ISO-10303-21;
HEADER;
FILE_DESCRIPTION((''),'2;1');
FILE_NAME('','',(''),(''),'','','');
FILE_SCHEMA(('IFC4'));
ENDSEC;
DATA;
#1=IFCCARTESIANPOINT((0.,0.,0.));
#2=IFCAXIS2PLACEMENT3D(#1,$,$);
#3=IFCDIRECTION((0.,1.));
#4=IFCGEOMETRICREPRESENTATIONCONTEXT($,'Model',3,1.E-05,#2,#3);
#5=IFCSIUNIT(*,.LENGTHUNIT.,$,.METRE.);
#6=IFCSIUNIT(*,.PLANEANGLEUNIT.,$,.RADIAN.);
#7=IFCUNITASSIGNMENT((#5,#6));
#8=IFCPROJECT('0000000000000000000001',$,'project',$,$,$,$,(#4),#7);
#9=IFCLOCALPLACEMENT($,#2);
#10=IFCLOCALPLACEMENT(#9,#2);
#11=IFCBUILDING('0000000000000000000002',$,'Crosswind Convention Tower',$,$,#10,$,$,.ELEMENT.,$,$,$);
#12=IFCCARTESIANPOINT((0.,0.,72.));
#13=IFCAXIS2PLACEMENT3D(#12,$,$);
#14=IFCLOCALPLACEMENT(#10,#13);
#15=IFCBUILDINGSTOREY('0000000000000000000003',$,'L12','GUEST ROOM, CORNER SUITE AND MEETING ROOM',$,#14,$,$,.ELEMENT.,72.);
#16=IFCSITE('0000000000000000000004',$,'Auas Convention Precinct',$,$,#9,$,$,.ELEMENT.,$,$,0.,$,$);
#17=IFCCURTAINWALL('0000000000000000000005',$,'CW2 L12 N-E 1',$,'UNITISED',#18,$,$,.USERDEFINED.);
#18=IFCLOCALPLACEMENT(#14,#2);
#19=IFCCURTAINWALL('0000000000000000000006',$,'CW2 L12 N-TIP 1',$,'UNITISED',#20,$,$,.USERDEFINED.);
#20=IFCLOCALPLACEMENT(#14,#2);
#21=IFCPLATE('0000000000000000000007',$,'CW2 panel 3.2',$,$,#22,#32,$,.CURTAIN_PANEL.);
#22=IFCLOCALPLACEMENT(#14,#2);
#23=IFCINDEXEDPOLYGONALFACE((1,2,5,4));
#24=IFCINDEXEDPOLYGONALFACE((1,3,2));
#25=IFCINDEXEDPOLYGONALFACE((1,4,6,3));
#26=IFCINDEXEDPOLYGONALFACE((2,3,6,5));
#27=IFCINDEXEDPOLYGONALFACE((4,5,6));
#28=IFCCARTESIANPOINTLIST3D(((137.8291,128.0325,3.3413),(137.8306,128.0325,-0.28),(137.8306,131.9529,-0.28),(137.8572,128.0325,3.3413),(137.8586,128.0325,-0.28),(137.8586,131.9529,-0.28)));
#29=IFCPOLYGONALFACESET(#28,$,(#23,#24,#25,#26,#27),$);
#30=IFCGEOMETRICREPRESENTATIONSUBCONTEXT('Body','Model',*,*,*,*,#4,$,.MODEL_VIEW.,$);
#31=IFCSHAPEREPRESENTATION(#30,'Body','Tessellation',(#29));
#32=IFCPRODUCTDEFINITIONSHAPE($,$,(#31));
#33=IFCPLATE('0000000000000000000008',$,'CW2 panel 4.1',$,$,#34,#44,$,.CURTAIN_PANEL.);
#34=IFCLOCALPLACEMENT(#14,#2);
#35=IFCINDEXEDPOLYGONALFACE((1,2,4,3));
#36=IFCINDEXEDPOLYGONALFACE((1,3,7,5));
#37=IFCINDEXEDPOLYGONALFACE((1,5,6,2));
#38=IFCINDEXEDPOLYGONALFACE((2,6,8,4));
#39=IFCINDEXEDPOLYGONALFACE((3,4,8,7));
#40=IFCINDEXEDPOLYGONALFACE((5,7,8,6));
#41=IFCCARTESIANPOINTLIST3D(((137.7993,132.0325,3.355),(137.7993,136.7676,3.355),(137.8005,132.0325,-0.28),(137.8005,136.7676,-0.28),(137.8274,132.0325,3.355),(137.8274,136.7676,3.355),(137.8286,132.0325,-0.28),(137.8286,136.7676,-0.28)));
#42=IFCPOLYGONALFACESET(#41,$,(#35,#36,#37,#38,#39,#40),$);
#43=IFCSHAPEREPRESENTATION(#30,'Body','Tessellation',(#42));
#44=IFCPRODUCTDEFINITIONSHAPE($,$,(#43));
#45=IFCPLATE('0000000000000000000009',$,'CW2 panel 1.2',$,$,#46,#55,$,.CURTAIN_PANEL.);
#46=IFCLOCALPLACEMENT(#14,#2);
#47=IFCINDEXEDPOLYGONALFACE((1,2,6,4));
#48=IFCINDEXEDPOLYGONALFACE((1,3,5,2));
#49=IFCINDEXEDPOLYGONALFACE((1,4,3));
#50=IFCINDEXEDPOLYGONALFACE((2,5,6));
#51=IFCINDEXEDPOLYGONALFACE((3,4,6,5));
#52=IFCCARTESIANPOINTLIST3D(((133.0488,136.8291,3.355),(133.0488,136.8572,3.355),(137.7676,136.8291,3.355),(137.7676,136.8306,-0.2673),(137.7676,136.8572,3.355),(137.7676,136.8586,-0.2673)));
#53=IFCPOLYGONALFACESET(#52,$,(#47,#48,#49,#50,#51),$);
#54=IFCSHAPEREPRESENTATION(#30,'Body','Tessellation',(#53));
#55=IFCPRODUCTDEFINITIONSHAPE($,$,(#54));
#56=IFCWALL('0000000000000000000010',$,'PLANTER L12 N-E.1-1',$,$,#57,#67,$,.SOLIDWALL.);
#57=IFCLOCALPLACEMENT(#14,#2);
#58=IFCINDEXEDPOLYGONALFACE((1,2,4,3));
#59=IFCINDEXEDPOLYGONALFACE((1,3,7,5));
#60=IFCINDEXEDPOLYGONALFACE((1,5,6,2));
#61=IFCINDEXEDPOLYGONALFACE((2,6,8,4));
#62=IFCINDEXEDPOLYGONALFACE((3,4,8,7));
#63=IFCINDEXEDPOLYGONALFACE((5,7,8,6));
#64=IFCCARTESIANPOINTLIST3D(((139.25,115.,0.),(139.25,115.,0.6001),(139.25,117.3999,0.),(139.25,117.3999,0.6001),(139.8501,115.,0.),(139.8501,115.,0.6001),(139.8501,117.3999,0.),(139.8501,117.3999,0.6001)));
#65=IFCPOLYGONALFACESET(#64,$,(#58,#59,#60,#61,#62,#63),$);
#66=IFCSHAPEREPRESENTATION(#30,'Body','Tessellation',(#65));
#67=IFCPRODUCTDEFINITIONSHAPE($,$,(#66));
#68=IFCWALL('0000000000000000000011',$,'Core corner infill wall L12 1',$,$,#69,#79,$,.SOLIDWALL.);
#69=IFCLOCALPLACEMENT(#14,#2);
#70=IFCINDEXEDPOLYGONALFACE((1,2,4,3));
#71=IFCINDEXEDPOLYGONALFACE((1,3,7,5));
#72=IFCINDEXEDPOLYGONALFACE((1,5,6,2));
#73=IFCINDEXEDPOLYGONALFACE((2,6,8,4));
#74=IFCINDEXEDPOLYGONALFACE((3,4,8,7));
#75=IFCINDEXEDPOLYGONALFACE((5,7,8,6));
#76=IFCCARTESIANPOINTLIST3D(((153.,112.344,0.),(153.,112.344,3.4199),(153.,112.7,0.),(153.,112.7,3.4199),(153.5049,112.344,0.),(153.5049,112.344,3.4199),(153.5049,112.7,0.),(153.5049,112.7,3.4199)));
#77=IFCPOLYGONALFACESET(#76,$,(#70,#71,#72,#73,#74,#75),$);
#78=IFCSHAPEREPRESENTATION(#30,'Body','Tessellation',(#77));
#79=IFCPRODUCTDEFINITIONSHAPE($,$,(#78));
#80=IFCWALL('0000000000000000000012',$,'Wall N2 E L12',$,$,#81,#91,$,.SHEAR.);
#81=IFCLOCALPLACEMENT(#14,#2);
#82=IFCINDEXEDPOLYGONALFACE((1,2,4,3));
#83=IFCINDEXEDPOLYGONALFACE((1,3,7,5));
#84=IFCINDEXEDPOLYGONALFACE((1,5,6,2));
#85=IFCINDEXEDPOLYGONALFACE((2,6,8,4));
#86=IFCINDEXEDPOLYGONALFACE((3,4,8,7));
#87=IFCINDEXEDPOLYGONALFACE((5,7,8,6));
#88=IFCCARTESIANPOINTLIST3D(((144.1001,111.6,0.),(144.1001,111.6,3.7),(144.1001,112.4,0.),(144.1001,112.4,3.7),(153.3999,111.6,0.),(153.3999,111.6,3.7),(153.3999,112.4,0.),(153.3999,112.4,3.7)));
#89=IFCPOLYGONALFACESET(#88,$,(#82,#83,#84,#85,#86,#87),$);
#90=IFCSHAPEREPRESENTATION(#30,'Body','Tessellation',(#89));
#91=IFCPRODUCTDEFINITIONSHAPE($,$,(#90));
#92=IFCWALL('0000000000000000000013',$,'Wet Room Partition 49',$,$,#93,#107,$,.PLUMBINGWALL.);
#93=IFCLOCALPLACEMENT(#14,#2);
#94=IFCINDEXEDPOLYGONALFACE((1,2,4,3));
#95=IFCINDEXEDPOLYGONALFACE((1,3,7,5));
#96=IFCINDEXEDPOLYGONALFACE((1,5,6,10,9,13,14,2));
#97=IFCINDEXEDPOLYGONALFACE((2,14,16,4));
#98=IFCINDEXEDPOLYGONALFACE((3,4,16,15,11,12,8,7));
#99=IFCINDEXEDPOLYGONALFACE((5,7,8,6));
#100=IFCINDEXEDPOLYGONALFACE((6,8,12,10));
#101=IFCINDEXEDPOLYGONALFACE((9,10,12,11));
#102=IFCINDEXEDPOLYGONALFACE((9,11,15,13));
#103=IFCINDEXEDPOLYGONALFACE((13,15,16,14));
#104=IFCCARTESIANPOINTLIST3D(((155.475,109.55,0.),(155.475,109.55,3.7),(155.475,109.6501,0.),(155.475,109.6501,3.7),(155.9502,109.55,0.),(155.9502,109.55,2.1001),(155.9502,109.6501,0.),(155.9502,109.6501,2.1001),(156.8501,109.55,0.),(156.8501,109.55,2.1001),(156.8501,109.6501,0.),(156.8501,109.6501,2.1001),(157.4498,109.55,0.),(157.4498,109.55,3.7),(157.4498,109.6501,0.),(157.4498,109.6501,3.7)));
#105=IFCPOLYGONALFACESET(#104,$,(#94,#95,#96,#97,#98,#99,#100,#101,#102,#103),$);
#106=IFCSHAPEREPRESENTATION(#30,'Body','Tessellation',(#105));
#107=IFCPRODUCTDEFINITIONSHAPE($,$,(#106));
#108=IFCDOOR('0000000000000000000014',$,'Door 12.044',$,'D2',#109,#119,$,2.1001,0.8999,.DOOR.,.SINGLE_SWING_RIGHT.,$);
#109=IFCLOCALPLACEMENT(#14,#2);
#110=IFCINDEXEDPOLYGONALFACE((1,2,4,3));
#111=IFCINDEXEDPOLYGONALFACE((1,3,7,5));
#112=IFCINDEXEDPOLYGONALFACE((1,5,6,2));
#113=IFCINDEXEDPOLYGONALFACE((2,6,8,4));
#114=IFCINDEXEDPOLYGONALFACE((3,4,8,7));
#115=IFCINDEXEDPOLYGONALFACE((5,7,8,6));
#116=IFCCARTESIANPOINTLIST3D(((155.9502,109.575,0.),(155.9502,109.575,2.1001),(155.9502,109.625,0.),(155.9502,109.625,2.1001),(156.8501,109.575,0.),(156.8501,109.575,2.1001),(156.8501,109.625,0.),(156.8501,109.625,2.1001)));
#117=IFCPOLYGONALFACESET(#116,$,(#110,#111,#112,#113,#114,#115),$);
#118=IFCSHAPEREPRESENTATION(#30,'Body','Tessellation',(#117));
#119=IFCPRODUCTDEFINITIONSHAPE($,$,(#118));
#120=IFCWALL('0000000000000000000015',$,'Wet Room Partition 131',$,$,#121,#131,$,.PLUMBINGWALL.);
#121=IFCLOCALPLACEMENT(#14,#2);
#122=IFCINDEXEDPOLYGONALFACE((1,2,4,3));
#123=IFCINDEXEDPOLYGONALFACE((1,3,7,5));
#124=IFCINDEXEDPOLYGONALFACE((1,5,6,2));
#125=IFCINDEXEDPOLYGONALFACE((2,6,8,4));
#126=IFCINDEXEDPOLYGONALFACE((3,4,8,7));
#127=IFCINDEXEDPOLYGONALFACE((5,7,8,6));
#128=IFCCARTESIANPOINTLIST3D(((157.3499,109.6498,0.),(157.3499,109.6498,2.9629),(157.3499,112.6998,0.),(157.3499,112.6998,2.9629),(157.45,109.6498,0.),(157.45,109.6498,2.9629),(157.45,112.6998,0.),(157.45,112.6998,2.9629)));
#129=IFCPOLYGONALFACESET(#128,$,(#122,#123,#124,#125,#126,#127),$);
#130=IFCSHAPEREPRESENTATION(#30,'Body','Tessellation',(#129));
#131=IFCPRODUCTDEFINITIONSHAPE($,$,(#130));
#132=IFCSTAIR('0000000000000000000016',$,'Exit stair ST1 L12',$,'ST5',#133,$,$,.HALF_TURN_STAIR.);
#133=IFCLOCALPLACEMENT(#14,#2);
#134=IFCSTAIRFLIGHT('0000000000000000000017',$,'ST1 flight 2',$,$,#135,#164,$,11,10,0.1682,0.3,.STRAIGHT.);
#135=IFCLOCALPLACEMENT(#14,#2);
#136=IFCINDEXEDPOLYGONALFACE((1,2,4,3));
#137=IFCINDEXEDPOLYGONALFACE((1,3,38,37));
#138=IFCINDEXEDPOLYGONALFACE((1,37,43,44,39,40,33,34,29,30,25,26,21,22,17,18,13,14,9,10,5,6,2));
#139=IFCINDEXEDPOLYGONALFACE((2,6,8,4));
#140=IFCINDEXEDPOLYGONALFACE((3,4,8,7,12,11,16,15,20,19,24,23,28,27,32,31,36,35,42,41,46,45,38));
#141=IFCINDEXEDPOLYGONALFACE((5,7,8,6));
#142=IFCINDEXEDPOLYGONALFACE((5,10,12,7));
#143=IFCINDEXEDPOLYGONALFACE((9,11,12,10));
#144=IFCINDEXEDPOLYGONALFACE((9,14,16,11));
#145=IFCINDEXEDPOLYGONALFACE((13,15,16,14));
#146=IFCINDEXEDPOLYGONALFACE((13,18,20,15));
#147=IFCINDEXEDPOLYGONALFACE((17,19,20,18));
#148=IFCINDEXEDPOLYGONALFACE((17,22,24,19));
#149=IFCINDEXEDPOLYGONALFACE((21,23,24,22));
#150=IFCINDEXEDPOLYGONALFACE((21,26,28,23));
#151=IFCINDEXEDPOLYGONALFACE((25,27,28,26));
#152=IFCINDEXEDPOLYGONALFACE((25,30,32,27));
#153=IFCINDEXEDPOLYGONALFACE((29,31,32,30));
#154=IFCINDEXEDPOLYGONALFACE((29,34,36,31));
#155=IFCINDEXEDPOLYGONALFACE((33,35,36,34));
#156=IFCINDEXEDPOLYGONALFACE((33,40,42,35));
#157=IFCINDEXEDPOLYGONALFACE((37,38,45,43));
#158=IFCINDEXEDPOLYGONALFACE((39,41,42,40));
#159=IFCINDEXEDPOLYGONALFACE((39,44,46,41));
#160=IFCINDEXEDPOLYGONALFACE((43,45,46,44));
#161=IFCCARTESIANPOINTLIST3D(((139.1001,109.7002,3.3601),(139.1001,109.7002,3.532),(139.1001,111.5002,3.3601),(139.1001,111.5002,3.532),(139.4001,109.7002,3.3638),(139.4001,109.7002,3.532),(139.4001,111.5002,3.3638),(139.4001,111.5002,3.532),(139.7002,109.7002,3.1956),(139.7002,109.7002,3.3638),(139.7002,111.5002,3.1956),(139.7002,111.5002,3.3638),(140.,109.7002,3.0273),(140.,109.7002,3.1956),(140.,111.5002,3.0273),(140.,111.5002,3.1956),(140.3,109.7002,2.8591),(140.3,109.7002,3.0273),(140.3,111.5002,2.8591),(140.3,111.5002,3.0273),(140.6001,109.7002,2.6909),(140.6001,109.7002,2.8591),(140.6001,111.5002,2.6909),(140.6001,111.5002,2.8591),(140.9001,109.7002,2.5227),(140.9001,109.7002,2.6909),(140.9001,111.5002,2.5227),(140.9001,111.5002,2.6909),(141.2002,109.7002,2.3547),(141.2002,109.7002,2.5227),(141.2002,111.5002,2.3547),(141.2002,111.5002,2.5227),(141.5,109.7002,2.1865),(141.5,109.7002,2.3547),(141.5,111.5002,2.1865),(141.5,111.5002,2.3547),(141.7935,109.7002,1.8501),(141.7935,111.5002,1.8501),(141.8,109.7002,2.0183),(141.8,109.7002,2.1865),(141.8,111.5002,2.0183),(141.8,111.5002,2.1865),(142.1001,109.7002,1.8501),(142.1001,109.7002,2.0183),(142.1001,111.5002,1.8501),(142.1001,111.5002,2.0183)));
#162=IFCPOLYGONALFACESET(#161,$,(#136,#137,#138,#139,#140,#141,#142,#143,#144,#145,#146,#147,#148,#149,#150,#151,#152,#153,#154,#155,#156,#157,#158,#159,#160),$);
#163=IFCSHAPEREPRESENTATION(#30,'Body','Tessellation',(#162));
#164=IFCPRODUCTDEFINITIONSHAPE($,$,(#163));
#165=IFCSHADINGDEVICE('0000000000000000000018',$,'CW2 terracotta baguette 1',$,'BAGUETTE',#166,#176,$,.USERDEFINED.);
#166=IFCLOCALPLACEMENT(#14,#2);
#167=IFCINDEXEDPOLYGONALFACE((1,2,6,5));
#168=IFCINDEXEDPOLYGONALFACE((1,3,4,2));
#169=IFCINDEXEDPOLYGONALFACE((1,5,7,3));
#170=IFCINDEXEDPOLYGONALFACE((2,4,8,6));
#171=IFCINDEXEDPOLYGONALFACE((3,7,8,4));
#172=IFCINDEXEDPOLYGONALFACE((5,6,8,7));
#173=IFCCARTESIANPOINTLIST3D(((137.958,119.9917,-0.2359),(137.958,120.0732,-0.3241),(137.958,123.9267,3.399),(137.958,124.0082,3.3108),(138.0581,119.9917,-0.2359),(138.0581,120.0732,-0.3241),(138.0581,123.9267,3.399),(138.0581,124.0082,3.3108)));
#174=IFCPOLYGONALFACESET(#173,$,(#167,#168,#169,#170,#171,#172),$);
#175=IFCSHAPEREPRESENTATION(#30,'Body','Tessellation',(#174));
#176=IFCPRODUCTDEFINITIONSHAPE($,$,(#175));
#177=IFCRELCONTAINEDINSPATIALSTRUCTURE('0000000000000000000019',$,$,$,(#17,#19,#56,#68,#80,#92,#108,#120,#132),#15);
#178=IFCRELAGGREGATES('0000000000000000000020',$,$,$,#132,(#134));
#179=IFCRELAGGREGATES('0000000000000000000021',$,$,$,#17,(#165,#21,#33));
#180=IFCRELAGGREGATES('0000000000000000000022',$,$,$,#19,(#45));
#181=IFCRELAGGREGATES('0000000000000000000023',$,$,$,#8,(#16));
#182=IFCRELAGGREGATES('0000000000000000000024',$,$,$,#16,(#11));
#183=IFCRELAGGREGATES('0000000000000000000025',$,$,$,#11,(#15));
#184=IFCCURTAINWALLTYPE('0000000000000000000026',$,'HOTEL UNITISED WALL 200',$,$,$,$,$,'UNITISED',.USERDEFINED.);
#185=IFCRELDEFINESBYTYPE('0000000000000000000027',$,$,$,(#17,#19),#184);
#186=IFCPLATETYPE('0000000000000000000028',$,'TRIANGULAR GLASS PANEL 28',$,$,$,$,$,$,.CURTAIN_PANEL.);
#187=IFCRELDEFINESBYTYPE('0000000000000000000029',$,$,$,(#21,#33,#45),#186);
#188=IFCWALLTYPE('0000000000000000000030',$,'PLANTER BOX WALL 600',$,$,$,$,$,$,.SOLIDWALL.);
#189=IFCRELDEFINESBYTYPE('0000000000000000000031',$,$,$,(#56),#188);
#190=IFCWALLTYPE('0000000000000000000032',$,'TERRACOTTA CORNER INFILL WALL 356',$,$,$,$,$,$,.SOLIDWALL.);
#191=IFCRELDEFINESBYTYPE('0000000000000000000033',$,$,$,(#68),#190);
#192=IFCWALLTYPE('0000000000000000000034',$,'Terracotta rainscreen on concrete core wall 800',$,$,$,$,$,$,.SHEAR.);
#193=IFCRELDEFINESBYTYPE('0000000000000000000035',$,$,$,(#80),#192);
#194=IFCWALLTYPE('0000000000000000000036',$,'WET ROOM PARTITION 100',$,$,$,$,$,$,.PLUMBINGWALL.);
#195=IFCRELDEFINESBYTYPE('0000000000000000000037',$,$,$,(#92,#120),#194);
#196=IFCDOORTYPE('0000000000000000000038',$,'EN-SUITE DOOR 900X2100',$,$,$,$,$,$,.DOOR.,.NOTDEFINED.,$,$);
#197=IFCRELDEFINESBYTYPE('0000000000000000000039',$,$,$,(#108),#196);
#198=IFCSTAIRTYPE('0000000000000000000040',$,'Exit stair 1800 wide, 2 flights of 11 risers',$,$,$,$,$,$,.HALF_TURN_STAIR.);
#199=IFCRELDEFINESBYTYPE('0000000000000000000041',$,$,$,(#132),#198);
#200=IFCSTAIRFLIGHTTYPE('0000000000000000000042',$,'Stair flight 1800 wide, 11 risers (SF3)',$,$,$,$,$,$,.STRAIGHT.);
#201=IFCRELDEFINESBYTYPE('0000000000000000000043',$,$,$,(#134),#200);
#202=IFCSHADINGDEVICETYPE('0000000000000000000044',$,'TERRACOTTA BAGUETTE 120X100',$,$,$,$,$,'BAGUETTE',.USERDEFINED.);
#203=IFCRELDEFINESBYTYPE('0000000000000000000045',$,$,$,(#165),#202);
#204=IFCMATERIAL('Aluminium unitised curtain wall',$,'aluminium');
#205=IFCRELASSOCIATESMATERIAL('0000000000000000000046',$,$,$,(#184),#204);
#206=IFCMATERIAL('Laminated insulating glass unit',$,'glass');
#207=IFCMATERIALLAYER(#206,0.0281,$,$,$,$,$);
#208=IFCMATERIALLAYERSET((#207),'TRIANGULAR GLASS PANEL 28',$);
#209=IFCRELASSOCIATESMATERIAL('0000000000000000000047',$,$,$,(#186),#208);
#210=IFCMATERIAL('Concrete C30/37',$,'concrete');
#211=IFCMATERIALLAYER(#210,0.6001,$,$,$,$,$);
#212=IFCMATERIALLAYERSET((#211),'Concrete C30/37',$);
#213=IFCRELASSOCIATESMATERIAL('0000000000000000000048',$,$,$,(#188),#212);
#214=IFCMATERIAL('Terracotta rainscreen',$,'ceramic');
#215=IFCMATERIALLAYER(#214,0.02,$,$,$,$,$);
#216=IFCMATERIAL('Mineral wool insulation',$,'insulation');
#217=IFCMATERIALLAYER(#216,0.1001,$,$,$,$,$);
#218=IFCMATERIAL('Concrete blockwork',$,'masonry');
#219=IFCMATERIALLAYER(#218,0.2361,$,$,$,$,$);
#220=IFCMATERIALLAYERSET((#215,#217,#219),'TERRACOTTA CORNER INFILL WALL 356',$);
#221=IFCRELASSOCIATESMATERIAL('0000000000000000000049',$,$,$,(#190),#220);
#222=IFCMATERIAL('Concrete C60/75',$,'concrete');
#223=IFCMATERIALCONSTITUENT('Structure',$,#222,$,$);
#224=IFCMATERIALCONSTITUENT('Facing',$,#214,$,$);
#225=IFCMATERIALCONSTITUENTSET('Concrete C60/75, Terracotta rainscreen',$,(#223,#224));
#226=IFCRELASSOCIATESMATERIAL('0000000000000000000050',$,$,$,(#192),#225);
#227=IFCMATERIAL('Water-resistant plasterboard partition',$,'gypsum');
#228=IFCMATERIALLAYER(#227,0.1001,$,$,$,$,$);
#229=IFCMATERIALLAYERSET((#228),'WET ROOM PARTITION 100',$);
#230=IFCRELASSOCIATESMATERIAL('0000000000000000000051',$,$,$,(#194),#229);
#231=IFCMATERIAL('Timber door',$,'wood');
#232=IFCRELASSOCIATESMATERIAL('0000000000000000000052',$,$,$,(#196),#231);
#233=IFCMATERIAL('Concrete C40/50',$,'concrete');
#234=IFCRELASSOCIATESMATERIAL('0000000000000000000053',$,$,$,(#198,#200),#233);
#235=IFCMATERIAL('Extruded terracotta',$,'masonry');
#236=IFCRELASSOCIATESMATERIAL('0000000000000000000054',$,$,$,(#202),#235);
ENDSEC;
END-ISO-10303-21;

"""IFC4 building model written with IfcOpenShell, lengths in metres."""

from ifc_helpers import new_model, si_unit, direction, frame, frame_2d, origin, origin_2d, place, context, subcontext, project, spatial, polyline, rectangle, outline, extrude, material, layer, layer_set, constituent, constituent_set, material_profile, profile_set, type_object, element, fill, aggregate, save


model = new_model("IFC4")

# Units and contexts
model_context = context("Model", 3, precision=1e-05, world=origin(), true_north=direction((0.0, 1.0)))
body_context = subcontext(model_context, "Body", "Model", "MODEL_VIEW")
ifc_project = project(units=[si_unit("LENGTHUNIT", "METRE"), si_unit("PLANEANGLEUNIT", "RADIAN")], contexts=[model_context])

# Site, building, storey
site_placement = place(None, origin())
site = spatial("IfcSite", under=ifc_project, at=site_placement, Name="Auas Convention Precinct", CompositionType="ELEMENT", RefElevation=0.0)
building_placement = place(site_placement, origin())
building = spatial("IfcBuilding", under=site, at=building_placement, Name="Crosswind Convention Tower", CompositionType="ELEMENT")
storey_placement = place(building_placement, frame((0.0, 0.0, 72.0)))
storey = spatial("IfcBuildingStorey", under=building, at=storey_placement, Name="L12", Description="GUEST ROOM, CORNER SUITE AND MEETING ROOM", CompositionType="ELEMENT", Elevation=72.0)

# Shared definitions
ifc_material_1 = material(Name="Concrete C60/75", Category="concrete")

# Shared definitions
ifc_material_2 = material(Name="Aluminium unitised curtain wall", Category="aluminium")

# Shared definitions
curtain_wall_type_1 = type_object("IfcCurtainWallType", Name="HOTEL UNITISED WALL 200", ElementType="UNITISED", PredefinedType="USERDEFINED", material=ifc_material_2)

# Curtain wall
curtain_wall_1_placement = place(storey_placement, origin())
curtain_wall_1 = element("IfcCurtainWall", 1, at=curtain_wall_1_placement, inside=storey, type_object=curtain_wall_type_1, Name="CW2 L12 N-E 1", ObjectType="UNITISED", PredefinedType="USERDEFINED")

# Curtain wall
curtain_wall_2_placement = place(storey_placement, origin())
curtain_wall_2 = element("IfcCurtainWall", 2, at=curtain_wall_2_placement, inside=storey, type_object=curtain_wall_type_1, Name="CW2 L12 N-TIP 1", ObjectType="UNITISED", PredefinedType="USERDEFINED")

# Plates
ifc_material_3 = material(Name="Laminated insulating glass unit", Category="glass")
ifc_layer_1 = layer(ifc_material_3, 0.0281)
ifc_layer_set_1 = layer_set([ifc_layer_1], Name="TRIANGULAR GLASS PANEL 28")
plate_type_1 = type_object("IfcPlateType", Name="TRIANGULAR GLASS PANEL 28", PredefinedType="CURTAIN_PANEL", material=ifc_layer_set_1)
plate_1_placement = place(storey_placement, frame((137.8586, 128.0325, -0.28), z_axis=(1.0, 0.0, 0.000405), x_axis=(0.0, 1.0, 0.0)))
plate_1 = element("IfcPlate", 3, at=plate_1_placement, type_object=plate_type_1, Name="CW2 panel 3.2", PredefinedType="CURTAIN_PANEL", context=body_context, shape_type="SweptSolid", body=[
    extrude(outline(polyline([(0.0, 0.0), (3.9204, 0.0), (0.0, 3.6213), (0.0, 0.0)])), origin(), (0.0, 0.0, -1.0), 0.0281),
])
plate_2_placement = place(storey_placement, frame((137.8286, 132.0325, -0.28), z_axis=(1.0, 0.0, 0.000336), x_axis=(0.0, 1.0, 0.0)))
plate_2 = element("IfcPlate", 4, at=plate_2_placement, type_object=plate_type_1, Name="CW2 panel 4.1", PredefinedType="CURTAIN_PANEL", context=body_context, shape_type="SweptSolid", body=[
    extrude(outline(polyline([(0.0, 0.0), (4.7351, 0.0), (4.7351, 3.635), (0.0, 3.635), (0.0, 0.0)])), origin(), (0.0, 0.0, -1.0), 0.0281),
])
plate_3_placement = place(storey_placement, frame((137.7676, 136.8572, 3.355), z_axis=(0.0, 1.0, 0.000404), x_axis=(0.0, 0.000404, -1.0)))
plate_3 = element("IfcPlate", 5, at=plate_3_placement, type_object=plate_type_1, Name="CW2 panel 1.2", PredefinedType="CURTAIN_PANEL", context=body_context, shape_type="SweptSolid", body=[
    extrude(outline(polyline([(0.0, 0.0), (3.6223, 0.0), (0.0, 4.7188), (0.0, 0.0)])), origin(), (0.0, 0.0, -1.0), 0.0281),
])

# Walls
ifc_material_4 = material(Name="Concrete C30/37", Category="concrete")
ifc_layer_2 = layer(ifc_material_4, 0.6001)
ifc_layer_set_2 = layer_set([ifc_layer_2], Name="Concrete C30/37")
wall_type_1 = type_object("IfcWallType", Name="PLANTER BOX WALL 600", PredefinedType="SOLIDWALL", material=ifc_layer_set_2)
wall_1_placement = place(storey_placement, frame((139.55, 115.0, 0.0), z_axis=(0.0, 0.0, 1.0), x_axis=(0.0, 1.0, 0.0)))
element("IfcWall", 6, at=wall_1_placement, inside=storey, type_object=wall_type_1, Name="PLANTER L12 N-E.1-1", PredefinedType="SOLIDWALL", context=body_context, shape_type="SweptSolid", body=[
    extrude(rectangle(XDim=2.3999, YDim=0.6001, at=frame_2d((1.2, 0.0))), origin(), (0.0, 0.0, 1.0), 0.6001),
])
ifc_material_5 = material(Name="Terracotta rainscreen", Category="ceramic")
ifc_layer_3 = layer(ifc_material_5, 0.02)
ifc_material_6 = material(Name="Mineral wool insulation", Category="insulation")
ifc_layer_4 = layer(ifc_material_6, 0.1001)
ifc_material_7 = material(Name="Concrete blockwork", Category="masonry")
ifc_layer_5 = layer(ifc_material_7, 0.2361)
ifc_layer_set_3 = layer_set([ifc_layer_3, ifc_layer_4, ifc_layer_5], Name="TERRACOTTA CORNER INFILL WALL 356")
wall_type_2 = type_object("IfcWallType", Name="TERRACOTTA CORNER INFILL WALL 356", PredefinedType="SOLIDWALL", material=ifc_layer_set_3)
wall_2_placement = place(storey_placement, frame((153.0, 112.522, 0.0), z_axis=(0.0, 0.0, 1.0), x_axis=(1.0, 0.0, 0.0)))
element("IfcWall", 7, at=wall_2_placement, inside=storey, type_object=wall_type_2, Name="Core corner infill wall L12 1", PredefinedType="SOLIDWALL", context=body_context, shape_type="SweptSolid", body=[
    extrude(rectangle(XDim=0.5049, YDim=0.356, at=frame_2d((0.2524, 0.0))), origin(), (0.0, 0.0, 1.0), 3.4199),
])

# Wall
ifc_constituent_1 = constituent(ifc_material_1, Name="Structure")
ifc_constituent_2 = constituent(ifc_material_5, Name="Facing")
ifc_constituent_set = constituent_set(constituents=[ifc_constituent_1, ifc_constituent_2], Name="Concrete C60/75, Terracotta rainscreen")
wall_type_3 = type_object("IfcWallType", Name="Terracotta rainscreen on concrete core wall 800", PredefinedType="SHEAR", material=ifc_constituent_set)
wall_3_placement = place(storey_placement, frame((144.1001, 112.0, 0.0), z_axis=(0.0, 0.0, 1.0), x_axis=(1.0, 0.0, 0.0)))
element("IfcWall", 8, at=wall_3_placement, inside=storey, type_object=wall_type_3, Name="Wall N2 E L12", PredefinedType="SHEAR", context=body_context, shape_type="SweptSolid", body=[
    extrude(rectangle(XDim=9.2998, YDim=0.8, at=frame_2d((4.6499, 0.0))), origin(), (0.0, 0.0, 1.0), 3.7),
])

# Wall, opening, door
ifc_material_8 = material(Name="Water-resistant plasterboard partition", Category="gypsum")
ifc_layer_6 = layer(ifc_material_8, 0.1001)
ifc_layer_set_4 = layer_set([ifc_layer_6], Name="WET ROOM PARTITION 100")
wall_type_4 = type_object("IfcWallType", Name="WET ROOM PARTITION 100", PredefinedType="PLUMBINGWALL", material=ifc_layer_set_4)
wall_4_placement = place(storey_placement, frame((155.4751, 109.6001, 0.0), z_axis=(0.0, 0.0, 1.0), x_axis=(1.0, 0.0, 0.0)))
wall_4 = element("IfcWall", 9, at=wall_4_placement, inside=storey, type_object=wall_type_4, Name="Wet Room Partition 49", PredefinedType="PLUMBINGWALL", context=body_context, shape_type="SweptSolid", body=[
    extrude(rectangle(XDim=1.9749, YDim=0.1001, at=frame_2d((0.9873, 0.0))), origin(), (0.0, 0.0, 1.0), 3.7),
])
opening_1_placement = place(wall_4_placement, frame((0.4751, 0.0, 0.0)))
opening_1 = element("IfcOpeningElement", 10, at=opening_1_placement, cuts=wall_4, PredefinedType="OPENING", context=body_context, shape_type="SweptSolid", body=[
    extrude(rectangle(XDim=0.8999, YDim=2.1001, at=frame_2d((0.45, 1.05))), frame((0.0, 0.0601, 0.0), z_axis=(0.0, -1.0, 0.0), x_axis=(1.0, 0.0, 0.0)), (0.0, 0.0, 1.0), 0.1201),
])
ifc_material_9 = material(Name="Timber door", Category="wood")
door_type_1 = type_object("IfcDoorType", Name="EN-SUITE DOOR 900X2100", OperationType="NOTDEFINED", PredefinedType="DOOR", material=ifc_material_9)
door_1_placement = place(opening_1_placement, origin())
door_1 = element("IfcDoor", 11, at=door_1_placement, inside=storey, type_object=door_type_1, Name="Door 12.044", ObjectType="D2", OperationType="SINGLE_SWING_RIGHT", OverallHeight=2.1001, OverallWidth=0.8999, PredefinedType="DOOR", context=body_context, shape_type="SweptSolid", body=[
    extrude(rectangle(XDim=0.8999, YDim=2.1001, at=frame_2d((0.45, 1.05))), frame((0.0, 0.0249, 0.0), z_axis=(0.0, -1.0, 0.0), x_axis=(1.0, 0.0, 0.0)), (0.0, 0.0, 1.0), 0.05),
])
fill(opening_1, door_1)

# Wall
wall_5_placement = place(storey_placement, frame((157.3999, 109.6499, 0.0), z_axis=(0.0, 0.0, 1.0), x_axis=(0.0, 1.0, 0.0)))
element("IfcWall", 12, at=wall_5_placement, inside=storey, type_object=wall_type_4, Name="Wet Room Partition 131", PredefinedType="PLUMBINGWALL", context=body_context, shape_type="SweptSolid", body=[
    extrude(rectangle(XDim=3.05, YDim=0.1001, at=frame_2d((1.5249, 0.0))), origin(), (0.0, 0.0, 1.0), 2.9629),
])

# Stair, stair flight
ifc_material_10 = material(Name="Concrete C40/50", Category="concrete")
stair_type = type_object("IfcStairType", Name="Exit stair 1800 wide, 2 flights of 11 risers", PredefinedType="HALF_TURN_STAIR", material=ifc_material_10)
stair_placement = place(storey_placement, origin())
stair = element("IfcStair", 13, at=stair_placement, inside=storey, type_object=stair_type, Name="Exit stair ST1 L12", ObjectType="ST5", PredefinedType="HALF_TURN_STAIR")
stair_flight_type = type_object("IfcStairFlightType", Name="Stair flight 1800 wide, 11 risers (SF3)", PredefinedType="STRAIGHT", material=ifc_material_10)
stair_flight_placement = place(storey_placement, frame((142.1001, 110.6001, 1.8501), z_axis=(0.0, 0.0, 1.0), x_axis=(-1.0, 0.0, 0.0)))
stair_flight = element("IfcStairFlight", 14, at=stair_flight_placement, type_object=stair_flight_type, Name="ST1 flight 2", NumberOfRisers=11, NumberOfTreads=10, PredefinedType="STRAIGHT", RiserHeight=0.1682, TreadLength=0.3, context=body_context, shape_type="SweptSolid", body=[
    extrude(outline(polyline([(0.0, 0.0), (0.0, 0.1682), (0.3, 0.1682), (0.3, 0.3364), (0.6001, 0.3364), (0.6001, 0.5046), (0.8999, 0.5046), (0.8999, 0.6726), (1.2, 0.6726), (1.2, 0.8408), (1.5, 0.8408), (1.5, 1.009), (1.8, 1.009), (1.8, 1.1772), (2.1001, 1.1772), (2.1001, 1.3455), (2.3999, 1.3455), (2.3999, 1.5137), (2.7, 1.5137), (2.7, 1.6819), (3.0, 1.6819), (3.0, 1.8501), (3.0, 1.51), (0.3066, 0.0), (0.0, 0.0)])), frame((0.0, 0.8999, 0.0), z_axis=(0.0, -1.0, 0.0), x_axis=(1.0, 0.0, 0.0)), (0.0, 0.0, 1.0), 1.8),
])
aggregate(stair, [stair_flight])

# Shading device
ifc_material_11 = material(Name="Extruded terracotta", Category="masonry")
ifc_material_profile_1 = material_profile(ifc_material_11, rectangle(XDim=0.1001, YDim=0.1201, at=origin_2d()), Name="TC 100X120")
ifc_profile_set_1 = profile_set([ifc_material_profile_1], Name="Extruded terracotta")
shading_device_type = type_object("IfcShadingDeviceType", Name="TERRACOTTA BAGUETTE 120X100", ElementType="BAGUETTE", PredefinedType="USERDEFINED", material=ifc_profile_set_1)
shading_device_1_placement = place(storey_placement, frame((138.0081, 120.0325, -0.28), z_axis=(0.0, 0.734557, 0.678547), x_axis=(-1.0, 0.0, 0.0)))
shading_device_1 = element("IfcShadingDevice", 15, at=shading_device_1_placement, type_object=shading_device_type, Name="CW2 terracotta baguette 1", ObjectType="BAGUETTE", PredefinedType="USERDEFINED", context=body_context, shape_type="SweptSolid", body=[
    extrude(rectangle(XDim=0.1001, YDim=0.1201, at=origin_2d()), origin(), (0.0, 0.0, 1.0), 5.3569),
])
aggregate(curtain_wall_1, [shading_device_1, plate_1, plate_2])
aggregate(curtain_wall_2, [plate_3])

save(model, "model.ifc")
